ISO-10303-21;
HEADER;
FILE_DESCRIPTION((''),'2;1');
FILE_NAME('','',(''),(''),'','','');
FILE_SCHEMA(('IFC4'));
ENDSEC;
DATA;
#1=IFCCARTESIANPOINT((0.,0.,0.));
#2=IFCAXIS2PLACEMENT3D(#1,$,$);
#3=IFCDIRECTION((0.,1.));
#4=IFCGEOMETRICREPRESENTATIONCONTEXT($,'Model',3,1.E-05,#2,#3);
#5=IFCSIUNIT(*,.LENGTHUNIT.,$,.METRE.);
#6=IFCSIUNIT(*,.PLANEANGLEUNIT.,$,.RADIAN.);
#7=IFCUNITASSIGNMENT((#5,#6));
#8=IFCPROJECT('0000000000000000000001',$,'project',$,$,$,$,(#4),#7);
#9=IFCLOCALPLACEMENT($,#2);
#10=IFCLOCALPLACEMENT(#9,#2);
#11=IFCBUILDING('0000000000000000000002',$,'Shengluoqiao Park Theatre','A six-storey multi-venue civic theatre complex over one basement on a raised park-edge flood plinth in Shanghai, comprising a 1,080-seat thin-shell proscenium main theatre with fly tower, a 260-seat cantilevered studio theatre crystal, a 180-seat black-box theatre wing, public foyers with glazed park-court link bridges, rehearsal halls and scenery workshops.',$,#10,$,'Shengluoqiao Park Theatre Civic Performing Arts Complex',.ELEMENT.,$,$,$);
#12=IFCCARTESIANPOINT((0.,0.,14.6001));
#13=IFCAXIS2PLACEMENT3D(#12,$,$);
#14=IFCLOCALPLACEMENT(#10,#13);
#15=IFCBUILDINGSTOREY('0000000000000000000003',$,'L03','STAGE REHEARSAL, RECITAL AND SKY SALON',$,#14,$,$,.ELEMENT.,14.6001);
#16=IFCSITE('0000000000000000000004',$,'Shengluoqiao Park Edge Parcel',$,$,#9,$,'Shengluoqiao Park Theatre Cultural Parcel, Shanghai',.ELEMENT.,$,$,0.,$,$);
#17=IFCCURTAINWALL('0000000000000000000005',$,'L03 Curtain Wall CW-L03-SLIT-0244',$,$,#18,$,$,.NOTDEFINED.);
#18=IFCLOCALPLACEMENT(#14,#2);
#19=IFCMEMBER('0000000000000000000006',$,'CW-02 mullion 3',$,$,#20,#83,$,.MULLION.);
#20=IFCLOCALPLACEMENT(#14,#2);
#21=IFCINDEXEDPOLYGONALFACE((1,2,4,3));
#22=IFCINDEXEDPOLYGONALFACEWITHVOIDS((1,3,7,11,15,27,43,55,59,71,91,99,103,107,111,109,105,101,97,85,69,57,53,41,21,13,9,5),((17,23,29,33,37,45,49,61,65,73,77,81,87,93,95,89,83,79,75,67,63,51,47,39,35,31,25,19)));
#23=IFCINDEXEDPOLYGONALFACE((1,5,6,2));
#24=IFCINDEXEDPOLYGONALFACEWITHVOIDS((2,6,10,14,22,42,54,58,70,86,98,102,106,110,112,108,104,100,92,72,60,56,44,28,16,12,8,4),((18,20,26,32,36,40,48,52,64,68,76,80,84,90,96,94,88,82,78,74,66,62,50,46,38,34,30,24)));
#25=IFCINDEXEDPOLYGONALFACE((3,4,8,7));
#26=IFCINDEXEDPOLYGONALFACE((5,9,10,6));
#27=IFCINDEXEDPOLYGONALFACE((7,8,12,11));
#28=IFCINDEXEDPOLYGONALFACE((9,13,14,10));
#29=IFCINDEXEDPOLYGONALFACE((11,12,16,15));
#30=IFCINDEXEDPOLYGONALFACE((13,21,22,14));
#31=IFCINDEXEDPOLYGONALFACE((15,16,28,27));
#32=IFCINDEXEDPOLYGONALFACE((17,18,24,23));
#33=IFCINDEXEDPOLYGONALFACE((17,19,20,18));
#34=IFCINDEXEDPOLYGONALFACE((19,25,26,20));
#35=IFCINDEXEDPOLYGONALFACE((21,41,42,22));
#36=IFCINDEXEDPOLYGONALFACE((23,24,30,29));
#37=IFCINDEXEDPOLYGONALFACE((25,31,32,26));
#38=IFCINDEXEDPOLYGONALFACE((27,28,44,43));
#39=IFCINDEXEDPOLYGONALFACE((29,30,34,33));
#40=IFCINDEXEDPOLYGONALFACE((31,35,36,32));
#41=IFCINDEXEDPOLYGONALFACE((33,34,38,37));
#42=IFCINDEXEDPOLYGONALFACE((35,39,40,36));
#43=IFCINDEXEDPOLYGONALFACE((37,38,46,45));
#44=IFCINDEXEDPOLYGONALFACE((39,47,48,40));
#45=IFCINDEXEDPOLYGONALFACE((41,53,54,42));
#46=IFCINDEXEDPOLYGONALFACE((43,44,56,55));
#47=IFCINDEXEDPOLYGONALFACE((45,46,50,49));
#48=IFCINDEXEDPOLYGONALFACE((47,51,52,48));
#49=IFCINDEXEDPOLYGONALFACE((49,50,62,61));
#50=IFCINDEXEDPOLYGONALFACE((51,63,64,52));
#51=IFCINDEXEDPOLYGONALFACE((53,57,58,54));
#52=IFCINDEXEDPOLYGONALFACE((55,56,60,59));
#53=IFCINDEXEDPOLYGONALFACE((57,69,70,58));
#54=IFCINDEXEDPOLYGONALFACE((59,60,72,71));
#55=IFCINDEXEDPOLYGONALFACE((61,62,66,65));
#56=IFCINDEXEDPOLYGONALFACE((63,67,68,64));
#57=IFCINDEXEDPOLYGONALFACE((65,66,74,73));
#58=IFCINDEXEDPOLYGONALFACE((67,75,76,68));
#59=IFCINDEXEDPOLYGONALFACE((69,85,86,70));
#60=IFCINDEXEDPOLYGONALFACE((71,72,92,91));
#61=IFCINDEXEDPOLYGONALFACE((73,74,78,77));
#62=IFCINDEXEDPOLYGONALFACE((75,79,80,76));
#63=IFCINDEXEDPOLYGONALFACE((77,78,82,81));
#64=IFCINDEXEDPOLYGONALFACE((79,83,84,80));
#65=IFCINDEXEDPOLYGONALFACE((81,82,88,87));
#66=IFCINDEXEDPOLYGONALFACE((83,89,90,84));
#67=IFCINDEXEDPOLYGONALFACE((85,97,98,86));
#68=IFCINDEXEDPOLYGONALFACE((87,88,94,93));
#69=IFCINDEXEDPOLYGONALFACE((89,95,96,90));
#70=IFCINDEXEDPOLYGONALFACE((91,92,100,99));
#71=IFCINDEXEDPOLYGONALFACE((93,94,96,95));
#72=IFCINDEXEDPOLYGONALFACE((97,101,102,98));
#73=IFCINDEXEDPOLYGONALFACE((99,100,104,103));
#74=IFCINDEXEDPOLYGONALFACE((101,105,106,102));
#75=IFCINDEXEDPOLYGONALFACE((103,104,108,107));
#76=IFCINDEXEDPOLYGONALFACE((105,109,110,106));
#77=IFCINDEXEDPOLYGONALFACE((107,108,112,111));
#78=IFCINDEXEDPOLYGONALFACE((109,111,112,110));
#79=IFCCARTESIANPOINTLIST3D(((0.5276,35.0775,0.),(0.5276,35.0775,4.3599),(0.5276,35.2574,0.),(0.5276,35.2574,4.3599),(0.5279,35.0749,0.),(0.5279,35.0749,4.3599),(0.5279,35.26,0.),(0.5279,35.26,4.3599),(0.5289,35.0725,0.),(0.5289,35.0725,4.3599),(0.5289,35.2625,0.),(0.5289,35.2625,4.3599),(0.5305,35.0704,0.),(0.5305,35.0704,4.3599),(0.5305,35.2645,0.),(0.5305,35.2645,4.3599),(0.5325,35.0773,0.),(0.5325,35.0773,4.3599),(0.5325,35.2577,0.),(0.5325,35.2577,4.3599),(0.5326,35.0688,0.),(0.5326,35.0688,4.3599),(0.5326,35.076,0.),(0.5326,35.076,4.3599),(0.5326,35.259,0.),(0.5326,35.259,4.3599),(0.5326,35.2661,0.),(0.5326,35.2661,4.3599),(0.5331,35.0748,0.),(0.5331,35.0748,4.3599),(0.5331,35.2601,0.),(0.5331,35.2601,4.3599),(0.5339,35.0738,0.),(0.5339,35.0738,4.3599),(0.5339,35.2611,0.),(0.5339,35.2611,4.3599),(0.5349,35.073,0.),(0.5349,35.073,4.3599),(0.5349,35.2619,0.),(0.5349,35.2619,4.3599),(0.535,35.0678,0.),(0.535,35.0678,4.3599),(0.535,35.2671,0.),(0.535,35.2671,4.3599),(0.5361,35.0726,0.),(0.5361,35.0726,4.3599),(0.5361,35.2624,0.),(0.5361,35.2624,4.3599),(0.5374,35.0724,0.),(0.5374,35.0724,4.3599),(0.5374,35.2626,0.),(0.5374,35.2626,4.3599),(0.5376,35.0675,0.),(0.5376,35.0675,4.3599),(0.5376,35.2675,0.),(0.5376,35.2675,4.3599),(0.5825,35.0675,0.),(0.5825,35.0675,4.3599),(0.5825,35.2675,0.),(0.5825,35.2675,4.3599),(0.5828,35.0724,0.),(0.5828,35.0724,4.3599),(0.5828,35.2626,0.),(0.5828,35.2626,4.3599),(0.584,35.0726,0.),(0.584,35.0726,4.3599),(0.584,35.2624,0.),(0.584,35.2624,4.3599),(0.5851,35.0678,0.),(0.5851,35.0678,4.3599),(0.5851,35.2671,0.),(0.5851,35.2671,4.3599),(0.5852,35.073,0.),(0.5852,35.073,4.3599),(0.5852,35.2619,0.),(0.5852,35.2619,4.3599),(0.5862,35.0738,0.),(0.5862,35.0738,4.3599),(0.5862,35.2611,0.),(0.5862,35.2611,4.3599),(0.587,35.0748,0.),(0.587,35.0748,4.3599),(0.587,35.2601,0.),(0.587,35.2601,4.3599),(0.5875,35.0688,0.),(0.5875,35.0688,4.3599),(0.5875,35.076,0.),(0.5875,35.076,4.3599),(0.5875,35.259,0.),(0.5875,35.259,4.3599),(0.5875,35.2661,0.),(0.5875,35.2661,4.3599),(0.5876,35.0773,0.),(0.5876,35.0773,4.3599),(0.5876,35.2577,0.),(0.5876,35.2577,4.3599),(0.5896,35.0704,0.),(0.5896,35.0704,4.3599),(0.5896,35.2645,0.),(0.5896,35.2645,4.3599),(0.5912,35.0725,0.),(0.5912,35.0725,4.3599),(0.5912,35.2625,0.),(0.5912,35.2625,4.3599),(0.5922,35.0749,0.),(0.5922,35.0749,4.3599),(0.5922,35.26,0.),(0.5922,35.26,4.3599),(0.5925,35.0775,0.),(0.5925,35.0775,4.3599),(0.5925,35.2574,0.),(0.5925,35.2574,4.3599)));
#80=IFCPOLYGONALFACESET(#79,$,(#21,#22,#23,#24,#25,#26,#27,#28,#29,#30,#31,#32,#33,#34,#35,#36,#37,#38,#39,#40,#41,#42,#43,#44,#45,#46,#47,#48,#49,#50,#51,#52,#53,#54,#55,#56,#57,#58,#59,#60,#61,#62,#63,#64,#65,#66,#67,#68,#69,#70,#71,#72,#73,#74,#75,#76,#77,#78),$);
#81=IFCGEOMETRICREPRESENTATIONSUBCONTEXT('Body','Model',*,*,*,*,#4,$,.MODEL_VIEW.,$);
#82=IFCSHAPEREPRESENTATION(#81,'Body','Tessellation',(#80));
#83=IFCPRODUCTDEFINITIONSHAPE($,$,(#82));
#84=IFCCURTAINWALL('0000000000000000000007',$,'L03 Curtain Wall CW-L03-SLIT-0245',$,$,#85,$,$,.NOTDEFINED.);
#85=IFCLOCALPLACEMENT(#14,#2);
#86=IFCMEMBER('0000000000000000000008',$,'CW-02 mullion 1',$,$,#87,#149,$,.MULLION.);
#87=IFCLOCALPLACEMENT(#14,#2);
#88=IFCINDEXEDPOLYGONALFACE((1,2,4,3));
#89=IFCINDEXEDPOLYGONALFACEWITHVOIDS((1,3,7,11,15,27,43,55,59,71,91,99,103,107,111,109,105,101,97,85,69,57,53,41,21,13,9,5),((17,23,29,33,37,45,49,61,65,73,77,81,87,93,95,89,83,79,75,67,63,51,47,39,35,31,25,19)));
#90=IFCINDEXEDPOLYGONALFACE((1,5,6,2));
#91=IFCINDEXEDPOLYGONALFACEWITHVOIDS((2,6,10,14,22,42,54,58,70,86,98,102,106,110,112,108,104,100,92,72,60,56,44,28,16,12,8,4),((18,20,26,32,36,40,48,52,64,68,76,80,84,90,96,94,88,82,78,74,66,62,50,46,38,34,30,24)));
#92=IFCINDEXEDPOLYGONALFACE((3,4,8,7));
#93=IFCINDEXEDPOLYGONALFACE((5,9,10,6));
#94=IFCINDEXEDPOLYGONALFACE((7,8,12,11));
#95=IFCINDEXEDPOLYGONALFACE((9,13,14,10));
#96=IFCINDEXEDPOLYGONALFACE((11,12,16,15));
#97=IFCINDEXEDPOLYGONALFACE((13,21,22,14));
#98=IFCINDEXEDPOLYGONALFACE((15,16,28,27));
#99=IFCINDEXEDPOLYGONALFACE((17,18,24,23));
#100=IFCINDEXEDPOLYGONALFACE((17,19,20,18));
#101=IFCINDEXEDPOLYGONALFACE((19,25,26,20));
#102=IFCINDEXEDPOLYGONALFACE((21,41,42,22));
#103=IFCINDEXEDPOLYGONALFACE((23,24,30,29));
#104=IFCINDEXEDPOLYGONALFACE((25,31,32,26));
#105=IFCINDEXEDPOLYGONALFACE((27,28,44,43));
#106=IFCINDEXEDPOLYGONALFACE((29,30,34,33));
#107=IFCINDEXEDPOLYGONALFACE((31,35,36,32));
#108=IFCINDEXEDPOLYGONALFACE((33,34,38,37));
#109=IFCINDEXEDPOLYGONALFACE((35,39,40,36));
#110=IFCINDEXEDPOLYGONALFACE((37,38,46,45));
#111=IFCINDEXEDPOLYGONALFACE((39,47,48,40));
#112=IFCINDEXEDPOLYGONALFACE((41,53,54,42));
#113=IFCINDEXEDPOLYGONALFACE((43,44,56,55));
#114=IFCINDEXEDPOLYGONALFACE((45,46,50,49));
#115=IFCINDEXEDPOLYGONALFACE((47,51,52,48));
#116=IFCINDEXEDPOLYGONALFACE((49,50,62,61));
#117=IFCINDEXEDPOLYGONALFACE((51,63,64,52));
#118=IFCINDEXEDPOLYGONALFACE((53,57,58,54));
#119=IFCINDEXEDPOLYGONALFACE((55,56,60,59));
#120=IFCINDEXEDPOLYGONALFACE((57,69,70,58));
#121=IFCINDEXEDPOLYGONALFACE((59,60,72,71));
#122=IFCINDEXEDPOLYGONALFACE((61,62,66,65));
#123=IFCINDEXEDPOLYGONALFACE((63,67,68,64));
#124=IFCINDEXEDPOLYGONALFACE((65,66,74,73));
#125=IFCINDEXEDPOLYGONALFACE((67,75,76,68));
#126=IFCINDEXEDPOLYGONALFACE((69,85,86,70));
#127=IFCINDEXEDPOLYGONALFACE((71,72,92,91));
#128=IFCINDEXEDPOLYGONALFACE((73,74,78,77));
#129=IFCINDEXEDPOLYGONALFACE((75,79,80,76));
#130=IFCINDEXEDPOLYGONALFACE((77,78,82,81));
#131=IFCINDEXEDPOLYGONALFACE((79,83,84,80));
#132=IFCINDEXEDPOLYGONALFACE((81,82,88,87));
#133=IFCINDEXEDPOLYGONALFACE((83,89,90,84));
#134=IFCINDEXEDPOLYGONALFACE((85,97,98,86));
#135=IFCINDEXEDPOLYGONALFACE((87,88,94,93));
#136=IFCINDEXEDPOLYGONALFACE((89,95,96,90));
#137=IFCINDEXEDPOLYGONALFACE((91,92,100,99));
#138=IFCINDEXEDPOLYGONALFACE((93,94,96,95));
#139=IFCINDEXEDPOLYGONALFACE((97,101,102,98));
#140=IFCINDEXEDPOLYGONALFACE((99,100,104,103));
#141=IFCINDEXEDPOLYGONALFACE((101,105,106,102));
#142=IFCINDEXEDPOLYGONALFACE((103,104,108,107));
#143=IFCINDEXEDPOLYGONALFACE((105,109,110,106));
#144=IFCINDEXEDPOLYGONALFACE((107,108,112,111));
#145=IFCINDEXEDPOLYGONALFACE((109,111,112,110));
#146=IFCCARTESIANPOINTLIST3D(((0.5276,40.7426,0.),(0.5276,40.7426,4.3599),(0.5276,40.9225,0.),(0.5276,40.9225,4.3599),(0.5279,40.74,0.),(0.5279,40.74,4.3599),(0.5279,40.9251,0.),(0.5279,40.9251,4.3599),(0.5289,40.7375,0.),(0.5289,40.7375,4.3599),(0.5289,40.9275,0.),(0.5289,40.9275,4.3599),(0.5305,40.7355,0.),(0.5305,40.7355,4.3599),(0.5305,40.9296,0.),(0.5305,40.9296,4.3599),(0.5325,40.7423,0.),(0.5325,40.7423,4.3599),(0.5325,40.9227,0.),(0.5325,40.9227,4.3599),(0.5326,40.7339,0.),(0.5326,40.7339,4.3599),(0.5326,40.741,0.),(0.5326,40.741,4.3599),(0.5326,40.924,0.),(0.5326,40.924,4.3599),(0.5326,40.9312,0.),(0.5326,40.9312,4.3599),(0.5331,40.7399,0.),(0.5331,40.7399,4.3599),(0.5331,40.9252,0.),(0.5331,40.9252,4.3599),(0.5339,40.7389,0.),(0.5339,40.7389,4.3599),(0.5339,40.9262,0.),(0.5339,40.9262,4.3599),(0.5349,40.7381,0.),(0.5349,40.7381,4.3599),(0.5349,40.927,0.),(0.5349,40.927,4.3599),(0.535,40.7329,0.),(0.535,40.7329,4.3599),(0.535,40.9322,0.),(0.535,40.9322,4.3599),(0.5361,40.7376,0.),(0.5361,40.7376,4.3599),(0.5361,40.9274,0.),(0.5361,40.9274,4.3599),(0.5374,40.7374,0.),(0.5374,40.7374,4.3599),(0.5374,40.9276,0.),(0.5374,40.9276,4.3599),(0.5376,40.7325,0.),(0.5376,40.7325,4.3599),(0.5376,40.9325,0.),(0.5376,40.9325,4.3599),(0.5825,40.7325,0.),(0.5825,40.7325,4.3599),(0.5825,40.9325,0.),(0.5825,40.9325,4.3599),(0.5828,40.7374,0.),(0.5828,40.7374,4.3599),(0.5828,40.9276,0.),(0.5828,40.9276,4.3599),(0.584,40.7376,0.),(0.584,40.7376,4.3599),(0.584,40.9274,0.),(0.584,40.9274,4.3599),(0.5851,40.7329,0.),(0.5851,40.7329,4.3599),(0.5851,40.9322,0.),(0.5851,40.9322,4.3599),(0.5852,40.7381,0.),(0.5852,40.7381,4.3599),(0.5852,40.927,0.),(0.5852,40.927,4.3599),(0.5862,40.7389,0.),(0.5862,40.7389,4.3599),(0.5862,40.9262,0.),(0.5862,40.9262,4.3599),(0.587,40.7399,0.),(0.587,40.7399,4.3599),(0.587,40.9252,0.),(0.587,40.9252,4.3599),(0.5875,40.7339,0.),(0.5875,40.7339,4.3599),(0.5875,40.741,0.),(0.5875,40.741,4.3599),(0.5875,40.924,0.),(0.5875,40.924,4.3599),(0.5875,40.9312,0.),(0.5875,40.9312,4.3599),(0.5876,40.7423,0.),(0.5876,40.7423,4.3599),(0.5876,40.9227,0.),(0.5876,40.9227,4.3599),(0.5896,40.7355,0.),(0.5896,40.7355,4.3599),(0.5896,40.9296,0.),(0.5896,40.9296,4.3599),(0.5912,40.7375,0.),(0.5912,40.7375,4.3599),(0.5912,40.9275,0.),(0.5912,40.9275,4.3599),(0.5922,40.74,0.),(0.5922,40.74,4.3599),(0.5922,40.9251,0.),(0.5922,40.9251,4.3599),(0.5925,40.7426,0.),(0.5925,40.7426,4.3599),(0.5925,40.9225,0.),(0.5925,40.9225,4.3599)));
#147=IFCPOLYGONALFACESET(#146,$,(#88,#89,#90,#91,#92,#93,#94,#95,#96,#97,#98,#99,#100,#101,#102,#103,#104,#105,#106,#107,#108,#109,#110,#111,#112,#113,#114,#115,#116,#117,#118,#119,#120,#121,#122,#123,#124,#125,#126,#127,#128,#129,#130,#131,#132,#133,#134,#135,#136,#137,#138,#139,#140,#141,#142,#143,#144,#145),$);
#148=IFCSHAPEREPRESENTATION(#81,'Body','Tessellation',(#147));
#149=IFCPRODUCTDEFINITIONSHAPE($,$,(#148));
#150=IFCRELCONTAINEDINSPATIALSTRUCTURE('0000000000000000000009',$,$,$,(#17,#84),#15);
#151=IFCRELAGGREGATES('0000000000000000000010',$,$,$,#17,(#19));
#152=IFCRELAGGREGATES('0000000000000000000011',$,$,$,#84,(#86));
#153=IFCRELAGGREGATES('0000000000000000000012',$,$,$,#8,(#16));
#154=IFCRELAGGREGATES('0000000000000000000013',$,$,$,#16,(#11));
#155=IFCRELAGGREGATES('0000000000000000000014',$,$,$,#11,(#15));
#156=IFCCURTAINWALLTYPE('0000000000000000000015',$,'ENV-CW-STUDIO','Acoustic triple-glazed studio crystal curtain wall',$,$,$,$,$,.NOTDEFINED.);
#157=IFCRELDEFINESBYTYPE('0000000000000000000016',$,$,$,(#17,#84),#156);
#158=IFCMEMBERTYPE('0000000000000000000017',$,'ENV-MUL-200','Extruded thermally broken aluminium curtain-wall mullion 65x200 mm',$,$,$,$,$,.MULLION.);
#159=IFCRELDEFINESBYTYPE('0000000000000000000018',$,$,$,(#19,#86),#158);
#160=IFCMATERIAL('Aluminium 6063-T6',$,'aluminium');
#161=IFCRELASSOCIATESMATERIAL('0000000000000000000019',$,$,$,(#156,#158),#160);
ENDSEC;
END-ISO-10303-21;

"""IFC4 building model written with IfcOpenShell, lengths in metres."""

from ifc_helpers import new_model, si_unit, direction, frame, origin, origin_2d, place, context, subcontext, project, spatial, hollow_rectangle, extrude, material, material_profile, profile_set, type_object, element, aggregate, save


model = new_model("IFC4")

# Units and contexts
model_context = context("Model", 3, precision=1e-05, world=origin(), true_north=direction((0.0, 1.0)))
body_context = subcontext(model_context, "Body", "Model", "MODEL_VIEW")
ifc_project = project(units=[si_unit("LENGTHUNIT", "METRE"), si_unit("PLANEANGLEUNIT", "RADIAN")], contexts=[model_context])

# Site, building, storey
site_placement = place(None, origin())
site = spatial("IfcSite", under=ifc_project, at=site_placement, Name="Shengluoqiao Park Edge Parcel", LongName="Shengluoqiao Park Theatre Cultural Parcel, Shanghai", CompositionType="ELEMENT", RefElevation=0.0)
building_placement = place(site_placement, origin())
building = spatial("IfcBuilding", under=site, at=building_placement, Name="Shengluoqiao Park Theatre", Description="A six-storey multi-venue civic theatre complex over one basement on a raised park-edge flood plinth in Shanghai, comprising a 1,080-seat thin-shell proscenium main theatre with fly tower, a 260-seat cantilevered studio theatre crystal, a 180-seat black-box theatre wing, public foyers with glazed park-court link bridges, rehearsal halls and scenery workshops.", LongName="Shengluoqiao Park Theatre Civic Performing Arts Complex", CompositionType="ELEMENT")
storey_placement = place(building_placement, frame((0.0, 0.0, 14.6001)))
storey = spatial("IfcBuildingStorey", under=building, at=storey_placement, Name="L03", Description="STAGE REHEARSAL, RECITAL AND SKY SALON", CompositionType="ELEMENT", Elevation=14.6001)

# Curtain walls, members
ifc_material_1 = material(Name="Aluminium 6063-T6", Category="aluminium")
curtain_wall_type = type_object("IfcCurtainWallType", Name="ENV-CW-STUDIO", Description="Acoustic triple-glazed studio crystal curtain wall", PredefinedType="NOTDEFINED", material=ifc_material_1)
curtain_wall_1_placement = place(storey_placement, origin())
curtain_wall_1 = element("IfcCurtainWall", 1, at=curtain_wall_1_placement, inside=storey, type_object=curtain_wall_type, Name="L03 Curtain Wall CW-L03-SLIT-0244", PredefinedType="NOTDEFINED")
ifc_material_profile_1 = material_profile(ifc_material_1, hollow_rectangle(XDim=0.0649, YDim=0.2, WallThickness=0.0049, InnerFilletRadius=0.0049, OuterFilletRadius=0.01, at=origin_2d()), Name="ALU MULLION 200x65x5")
ifc_profile_set_1 = profile_set([ifc_material_profile_1], Name="Aluminium 6063-T6")
member_type_1 = type_object("IfcMemberType", Name="ENV-MUL-200", Description="Extruded thermally broken aluminium curtain-wall mullion 65x200 mm", PredefinedType="MULLION", material=ifc_profile_set_1)
member_1_placement = place(storey_placement, frame((0.5601, 35.1675, 0.0), z_axis=(0.0, 0.0, 1.0), x_axis=(-1.0, 0.0, 0.0)))
member_1 = element("IfcMember", 2, at=member_1_placement, type_object=member_type_1, Name="CW-02 mullion 3", PredefinedType="MULLION", context=body_context, shape_type="SweptSolid", body=[
    extrude(hollow_rectangle(XDim=0.0649, YDim=0.2, WallThickness=0.0049, InnerFilletRadius=0.0049, OuterFilletRadius=0.01, at=origin_2d()), origin(), (0.0, 0.0, 1.0), 4.3599),
])
curtain_wall_2_placement = place(storey_placement, origin())
curtain_wall_2 = element("IfcCurtainWall", 3, at=curtain_wall_2_placement, inside=storey, type_object=curtain_wall_type, Name="L03 Curtain Wall CW-L03-SLIT-0245", PredefinedType="NOTDEFINED")
member_2_placement = place(storey_placement, frame((0.5601, 40.8325, 0.0), z_axis=(0.0, 0.0, 1.0), x_axis=(-1.0, 0.0, 0.0)))
member_2 = element("IfcMember", 4, at=member_2_placement, type_object=member_type_1, Name="CW-02 mullion 1", PredefinedType="MULLION", context=body_context, shape_type="SweptSolid", body=[
    extrude(hollow_rectangle(XDim=0.0649, YDim=0.2, WallThickness=0.0049, InnerFilletRadius=0.0049, OuterFilletRadius=0.01, at=origin_2d()), origin(), (0.0, 0.0, 1.0), 4.3599),
])

aggregate(curtain_wall_1, [member_1])
aggregate(curtain_wall_2, [member_2])

save(model, "model.ifc")
